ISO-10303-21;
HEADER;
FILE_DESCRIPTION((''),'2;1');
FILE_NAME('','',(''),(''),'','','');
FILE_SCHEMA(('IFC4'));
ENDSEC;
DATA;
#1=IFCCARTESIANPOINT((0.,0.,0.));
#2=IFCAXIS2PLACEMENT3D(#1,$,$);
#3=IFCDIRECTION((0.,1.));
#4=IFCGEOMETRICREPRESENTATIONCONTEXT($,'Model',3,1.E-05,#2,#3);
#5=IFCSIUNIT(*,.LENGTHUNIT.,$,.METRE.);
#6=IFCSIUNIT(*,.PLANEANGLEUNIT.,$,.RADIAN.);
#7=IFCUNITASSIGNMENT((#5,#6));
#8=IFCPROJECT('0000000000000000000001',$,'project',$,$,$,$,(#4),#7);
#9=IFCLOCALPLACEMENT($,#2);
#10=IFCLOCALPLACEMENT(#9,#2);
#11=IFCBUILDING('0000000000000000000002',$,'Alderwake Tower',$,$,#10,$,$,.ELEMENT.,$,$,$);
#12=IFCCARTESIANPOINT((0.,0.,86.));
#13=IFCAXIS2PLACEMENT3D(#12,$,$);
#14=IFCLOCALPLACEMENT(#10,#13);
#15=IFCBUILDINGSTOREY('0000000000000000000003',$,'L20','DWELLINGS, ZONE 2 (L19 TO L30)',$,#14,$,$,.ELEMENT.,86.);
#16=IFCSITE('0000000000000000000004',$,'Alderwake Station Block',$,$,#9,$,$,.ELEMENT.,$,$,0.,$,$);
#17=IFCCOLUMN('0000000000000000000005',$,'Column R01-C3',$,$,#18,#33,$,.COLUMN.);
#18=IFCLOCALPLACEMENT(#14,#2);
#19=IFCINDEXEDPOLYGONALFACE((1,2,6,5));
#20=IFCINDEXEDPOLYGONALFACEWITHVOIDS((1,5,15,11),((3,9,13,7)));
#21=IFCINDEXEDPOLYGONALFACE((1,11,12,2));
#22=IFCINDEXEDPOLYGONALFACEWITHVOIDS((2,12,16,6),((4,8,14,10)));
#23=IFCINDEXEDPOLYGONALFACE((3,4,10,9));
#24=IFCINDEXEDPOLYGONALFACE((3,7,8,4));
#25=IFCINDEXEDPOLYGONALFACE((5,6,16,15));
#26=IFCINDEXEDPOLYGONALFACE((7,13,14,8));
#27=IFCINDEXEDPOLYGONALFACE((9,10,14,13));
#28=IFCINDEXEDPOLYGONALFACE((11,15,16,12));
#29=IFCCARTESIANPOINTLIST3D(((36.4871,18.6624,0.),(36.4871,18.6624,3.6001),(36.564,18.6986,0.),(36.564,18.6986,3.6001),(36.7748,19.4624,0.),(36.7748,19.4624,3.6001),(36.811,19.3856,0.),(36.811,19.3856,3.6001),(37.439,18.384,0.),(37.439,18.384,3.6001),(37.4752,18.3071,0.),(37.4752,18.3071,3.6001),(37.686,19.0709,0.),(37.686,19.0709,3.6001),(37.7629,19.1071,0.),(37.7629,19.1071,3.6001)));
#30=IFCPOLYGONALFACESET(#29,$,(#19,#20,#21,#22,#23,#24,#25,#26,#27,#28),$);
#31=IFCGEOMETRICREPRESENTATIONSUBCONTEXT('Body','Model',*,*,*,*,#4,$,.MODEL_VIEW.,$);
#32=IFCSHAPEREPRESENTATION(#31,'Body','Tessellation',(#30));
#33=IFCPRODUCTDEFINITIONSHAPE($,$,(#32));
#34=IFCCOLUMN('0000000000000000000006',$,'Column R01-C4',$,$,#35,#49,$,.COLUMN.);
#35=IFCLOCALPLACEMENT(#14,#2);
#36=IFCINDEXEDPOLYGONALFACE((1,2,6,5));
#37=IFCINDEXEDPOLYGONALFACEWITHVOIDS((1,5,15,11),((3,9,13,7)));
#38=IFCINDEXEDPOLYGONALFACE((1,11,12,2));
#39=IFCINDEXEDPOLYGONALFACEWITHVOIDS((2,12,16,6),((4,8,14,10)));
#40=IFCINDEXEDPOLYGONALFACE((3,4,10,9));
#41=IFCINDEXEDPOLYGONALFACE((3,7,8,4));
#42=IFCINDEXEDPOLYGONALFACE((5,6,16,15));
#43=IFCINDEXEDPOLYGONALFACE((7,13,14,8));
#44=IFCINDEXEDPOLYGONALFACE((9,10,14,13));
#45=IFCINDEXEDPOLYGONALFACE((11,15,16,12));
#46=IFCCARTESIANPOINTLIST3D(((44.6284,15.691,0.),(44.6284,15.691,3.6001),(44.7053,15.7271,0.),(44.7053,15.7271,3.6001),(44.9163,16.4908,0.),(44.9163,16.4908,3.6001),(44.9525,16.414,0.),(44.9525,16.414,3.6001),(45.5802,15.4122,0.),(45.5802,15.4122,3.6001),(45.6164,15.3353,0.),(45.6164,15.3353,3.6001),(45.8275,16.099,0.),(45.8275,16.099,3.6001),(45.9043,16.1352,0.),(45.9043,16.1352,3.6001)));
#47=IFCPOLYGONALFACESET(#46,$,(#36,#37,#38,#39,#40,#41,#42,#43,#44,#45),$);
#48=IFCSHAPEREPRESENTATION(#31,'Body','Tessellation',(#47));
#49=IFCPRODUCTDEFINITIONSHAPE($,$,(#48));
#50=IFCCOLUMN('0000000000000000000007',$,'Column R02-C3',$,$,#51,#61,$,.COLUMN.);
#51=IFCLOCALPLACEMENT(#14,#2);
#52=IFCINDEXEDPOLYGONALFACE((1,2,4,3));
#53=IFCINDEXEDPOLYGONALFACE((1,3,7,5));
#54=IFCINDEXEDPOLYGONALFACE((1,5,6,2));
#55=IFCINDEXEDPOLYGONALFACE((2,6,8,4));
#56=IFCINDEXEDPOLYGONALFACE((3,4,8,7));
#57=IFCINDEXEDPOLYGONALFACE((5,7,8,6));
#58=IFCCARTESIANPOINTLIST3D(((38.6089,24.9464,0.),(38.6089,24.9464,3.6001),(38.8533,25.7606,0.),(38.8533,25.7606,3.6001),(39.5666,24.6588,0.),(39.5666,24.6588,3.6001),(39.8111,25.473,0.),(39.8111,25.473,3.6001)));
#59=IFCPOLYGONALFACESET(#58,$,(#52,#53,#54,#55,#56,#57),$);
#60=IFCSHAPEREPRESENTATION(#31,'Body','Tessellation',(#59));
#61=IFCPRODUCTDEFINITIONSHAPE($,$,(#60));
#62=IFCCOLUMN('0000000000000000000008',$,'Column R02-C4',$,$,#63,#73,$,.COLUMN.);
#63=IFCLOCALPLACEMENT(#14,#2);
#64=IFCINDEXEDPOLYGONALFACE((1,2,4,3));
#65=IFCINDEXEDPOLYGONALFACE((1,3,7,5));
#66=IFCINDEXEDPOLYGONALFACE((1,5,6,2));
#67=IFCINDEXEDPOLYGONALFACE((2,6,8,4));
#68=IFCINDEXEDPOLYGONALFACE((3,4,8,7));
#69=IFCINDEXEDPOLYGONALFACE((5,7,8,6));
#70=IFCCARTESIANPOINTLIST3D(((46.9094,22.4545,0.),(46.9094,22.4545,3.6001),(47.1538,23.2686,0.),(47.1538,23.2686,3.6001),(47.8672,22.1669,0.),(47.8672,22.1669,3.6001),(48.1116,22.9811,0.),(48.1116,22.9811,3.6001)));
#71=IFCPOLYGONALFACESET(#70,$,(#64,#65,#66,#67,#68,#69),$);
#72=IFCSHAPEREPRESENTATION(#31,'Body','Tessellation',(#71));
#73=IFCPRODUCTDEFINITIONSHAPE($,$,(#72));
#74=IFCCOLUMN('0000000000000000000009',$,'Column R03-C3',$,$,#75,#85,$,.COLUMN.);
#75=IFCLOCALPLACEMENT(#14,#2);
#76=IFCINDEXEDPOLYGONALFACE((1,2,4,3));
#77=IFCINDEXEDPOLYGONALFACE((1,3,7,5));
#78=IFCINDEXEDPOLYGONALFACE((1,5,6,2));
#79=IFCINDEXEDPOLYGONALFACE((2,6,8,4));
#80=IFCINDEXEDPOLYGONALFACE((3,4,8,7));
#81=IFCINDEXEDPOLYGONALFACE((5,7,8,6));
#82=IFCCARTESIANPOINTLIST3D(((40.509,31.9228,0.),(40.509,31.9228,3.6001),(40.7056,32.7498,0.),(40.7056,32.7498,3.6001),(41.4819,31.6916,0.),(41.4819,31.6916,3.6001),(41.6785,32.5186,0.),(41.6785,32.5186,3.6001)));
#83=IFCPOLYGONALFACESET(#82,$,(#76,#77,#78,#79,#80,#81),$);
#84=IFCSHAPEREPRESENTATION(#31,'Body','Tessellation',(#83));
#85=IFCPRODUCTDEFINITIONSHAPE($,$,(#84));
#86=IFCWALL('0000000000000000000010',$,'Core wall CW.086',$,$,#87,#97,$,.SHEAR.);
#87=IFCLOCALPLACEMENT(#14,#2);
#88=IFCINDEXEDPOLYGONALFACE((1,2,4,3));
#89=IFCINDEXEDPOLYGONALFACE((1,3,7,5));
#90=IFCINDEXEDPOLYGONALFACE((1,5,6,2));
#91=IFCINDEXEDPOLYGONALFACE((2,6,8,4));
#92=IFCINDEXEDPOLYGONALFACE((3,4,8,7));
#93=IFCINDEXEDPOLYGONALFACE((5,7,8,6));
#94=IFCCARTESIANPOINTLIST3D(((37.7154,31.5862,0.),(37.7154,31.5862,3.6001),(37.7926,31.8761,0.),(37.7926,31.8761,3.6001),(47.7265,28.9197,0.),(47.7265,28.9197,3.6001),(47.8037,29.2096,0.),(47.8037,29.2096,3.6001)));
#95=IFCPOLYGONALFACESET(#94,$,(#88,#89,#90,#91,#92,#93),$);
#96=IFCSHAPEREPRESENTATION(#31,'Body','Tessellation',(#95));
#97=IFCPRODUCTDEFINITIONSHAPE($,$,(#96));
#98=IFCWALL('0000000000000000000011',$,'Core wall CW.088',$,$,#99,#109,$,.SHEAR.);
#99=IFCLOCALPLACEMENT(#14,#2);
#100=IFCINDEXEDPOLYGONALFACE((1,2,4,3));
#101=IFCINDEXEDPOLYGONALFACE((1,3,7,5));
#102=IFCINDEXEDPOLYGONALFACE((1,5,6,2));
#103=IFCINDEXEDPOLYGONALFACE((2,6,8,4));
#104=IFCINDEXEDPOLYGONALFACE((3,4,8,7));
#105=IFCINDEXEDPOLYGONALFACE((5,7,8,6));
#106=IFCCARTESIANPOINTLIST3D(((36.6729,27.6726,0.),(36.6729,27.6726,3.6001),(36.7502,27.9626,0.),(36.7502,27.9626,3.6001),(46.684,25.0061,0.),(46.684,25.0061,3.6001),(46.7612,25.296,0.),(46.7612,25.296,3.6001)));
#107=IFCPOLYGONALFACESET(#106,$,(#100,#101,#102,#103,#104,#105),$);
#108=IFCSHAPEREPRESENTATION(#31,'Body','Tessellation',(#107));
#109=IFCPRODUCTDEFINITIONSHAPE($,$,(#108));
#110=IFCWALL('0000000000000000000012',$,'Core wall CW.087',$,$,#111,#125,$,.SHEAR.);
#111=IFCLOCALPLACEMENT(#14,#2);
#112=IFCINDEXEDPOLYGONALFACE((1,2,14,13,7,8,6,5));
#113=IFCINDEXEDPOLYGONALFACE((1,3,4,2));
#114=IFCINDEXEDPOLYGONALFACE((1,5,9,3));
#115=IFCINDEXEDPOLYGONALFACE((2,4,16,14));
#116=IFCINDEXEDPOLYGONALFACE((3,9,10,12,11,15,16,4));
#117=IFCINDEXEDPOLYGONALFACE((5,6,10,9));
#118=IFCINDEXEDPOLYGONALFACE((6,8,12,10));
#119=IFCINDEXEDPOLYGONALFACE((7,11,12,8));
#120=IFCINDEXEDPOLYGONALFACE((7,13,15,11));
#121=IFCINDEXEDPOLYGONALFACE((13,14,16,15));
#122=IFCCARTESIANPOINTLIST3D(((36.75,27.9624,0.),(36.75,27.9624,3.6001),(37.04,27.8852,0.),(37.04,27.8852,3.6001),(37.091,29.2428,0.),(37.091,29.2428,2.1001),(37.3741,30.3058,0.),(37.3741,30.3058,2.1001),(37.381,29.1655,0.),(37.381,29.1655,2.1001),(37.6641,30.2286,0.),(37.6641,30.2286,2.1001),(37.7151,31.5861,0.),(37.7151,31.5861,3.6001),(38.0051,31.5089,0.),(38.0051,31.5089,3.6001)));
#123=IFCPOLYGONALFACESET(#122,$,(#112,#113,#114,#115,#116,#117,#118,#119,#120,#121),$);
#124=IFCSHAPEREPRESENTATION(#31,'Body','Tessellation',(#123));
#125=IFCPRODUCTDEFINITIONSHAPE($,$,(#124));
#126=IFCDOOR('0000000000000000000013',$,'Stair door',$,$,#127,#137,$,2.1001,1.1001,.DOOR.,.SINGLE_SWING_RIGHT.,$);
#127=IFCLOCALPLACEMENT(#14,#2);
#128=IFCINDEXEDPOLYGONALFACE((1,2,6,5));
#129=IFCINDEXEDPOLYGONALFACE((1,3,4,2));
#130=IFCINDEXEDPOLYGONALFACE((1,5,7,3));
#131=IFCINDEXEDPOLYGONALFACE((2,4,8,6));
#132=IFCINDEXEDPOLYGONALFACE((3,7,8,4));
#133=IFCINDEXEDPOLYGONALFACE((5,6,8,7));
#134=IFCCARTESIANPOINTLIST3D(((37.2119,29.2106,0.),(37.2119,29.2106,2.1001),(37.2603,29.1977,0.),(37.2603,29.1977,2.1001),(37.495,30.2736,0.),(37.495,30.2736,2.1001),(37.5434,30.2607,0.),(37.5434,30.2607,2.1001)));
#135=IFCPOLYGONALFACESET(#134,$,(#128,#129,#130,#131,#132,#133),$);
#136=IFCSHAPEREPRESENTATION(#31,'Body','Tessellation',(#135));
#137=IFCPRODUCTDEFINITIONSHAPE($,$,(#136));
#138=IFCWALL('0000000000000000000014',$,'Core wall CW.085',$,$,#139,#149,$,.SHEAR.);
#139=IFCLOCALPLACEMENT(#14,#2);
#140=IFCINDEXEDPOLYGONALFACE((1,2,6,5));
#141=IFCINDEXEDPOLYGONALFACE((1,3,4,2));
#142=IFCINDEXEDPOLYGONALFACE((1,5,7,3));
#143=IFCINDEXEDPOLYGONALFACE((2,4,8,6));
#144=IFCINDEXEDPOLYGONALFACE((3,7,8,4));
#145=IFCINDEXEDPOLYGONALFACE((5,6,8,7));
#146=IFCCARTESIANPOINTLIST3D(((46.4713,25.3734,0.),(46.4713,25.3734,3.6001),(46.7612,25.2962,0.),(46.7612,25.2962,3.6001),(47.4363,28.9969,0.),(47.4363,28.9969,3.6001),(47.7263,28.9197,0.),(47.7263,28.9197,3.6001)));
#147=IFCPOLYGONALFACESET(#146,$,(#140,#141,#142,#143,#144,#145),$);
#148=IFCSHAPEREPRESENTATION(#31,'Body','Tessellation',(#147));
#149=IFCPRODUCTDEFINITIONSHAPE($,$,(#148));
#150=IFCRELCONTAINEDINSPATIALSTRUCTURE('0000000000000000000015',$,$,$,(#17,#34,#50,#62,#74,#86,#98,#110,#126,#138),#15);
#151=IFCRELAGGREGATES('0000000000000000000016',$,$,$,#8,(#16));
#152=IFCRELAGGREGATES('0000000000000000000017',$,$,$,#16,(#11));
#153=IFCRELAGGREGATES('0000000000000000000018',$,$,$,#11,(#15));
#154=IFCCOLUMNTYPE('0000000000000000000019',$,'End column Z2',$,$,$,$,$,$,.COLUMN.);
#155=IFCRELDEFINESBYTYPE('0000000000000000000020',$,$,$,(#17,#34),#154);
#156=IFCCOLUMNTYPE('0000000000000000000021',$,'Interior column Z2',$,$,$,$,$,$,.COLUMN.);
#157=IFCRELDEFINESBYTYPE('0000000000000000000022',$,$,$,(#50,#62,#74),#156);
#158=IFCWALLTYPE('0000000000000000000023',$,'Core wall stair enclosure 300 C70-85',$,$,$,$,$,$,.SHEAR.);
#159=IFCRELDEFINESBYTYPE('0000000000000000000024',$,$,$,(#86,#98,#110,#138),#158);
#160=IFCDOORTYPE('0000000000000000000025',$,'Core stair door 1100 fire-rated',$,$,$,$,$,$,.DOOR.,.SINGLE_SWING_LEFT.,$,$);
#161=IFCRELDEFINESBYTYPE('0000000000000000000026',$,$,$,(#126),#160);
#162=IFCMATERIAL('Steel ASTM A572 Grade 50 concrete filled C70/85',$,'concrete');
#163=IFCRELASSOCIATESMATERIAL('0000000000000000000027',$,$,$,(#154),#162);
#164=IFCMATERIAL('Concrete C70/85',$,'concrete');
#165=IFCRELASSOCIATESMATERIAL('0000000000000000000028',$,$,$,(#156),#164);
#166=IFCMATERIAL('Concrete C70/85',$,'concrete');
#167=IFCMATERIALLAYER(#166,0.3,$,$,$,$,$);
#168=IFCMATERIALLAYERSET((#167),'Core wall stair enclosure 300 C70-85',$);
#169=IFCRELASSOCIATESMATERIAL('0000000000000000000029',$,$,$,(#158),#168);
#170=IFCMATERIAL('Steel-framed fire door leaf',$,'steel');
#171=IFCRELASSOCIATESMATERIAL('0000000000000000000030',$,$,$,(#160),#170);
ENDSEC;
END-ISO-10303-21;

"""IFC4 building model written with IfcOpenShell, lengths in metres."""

from ifc_helpers import new_model, si_unit, direction, frame, frame_2d, origin, origin_2d, place, context, subcontext, project, spatial, rectangle, hollow_rectangle, extrude, material, layer, layer_set, material_profile, profile_set, type_object, element, fill, save


model = new_model("IFC4")

# Units and contexts
model_context = context("Model", 3, precision=1e-05, world=origin(), true_north=direction((0.0, 1.0)))
body_context = subcontext(model_context, "Body", "Model", "MODEL_VIEW")
ifc_project = project(units=[si_unit("LENGTHUNIT", "METRE"), si_unit("PLANEANGLEUNIT", "RADIAN")], contexts=[model_context])

# Site, building, storey
site_placement = place(None, origin())
site = spatial("IfcSite", under=ifc_project, at=site_placement, Name="Alderwake Station Block", CompositionType="ELEMENT", RefElevation=0.0)
building_placement = place(site_placement, origin())
building = spatial("IfcBuilding", under=site, at=building_placement, Name="Alderwake Tower", CompositionType="ELEMENT")
storey_placement = place(building_placement, frame((0.0, 0.0, 86.0)))
storey = spatial("IfcBuildingStorey", under=building, at=storey_placement, Name="L20", Description="DWELLINGS, ZONE 2 (L19 TO L30)", CompositionType="ELEMENT", Elevation=86.0)

# Columns
ifc_material_1 = material(Name="Steel ASTM A572 Grade 50 concrete filled C70/85", Category="concrete")
ifc_material_profile_1 = material_profile(ifc_material_1, hollow_rectangle(XDim=0.8501, YDim=1.05, WallThickness=0.0601, at=origin_2d()), Name="BOX 1050X850X60")
ifc_profile_set_1 = profile_set([ifc_material_profile_1], Name="Steel ASTM A572 Grade 50 concrete filled C70/85")
column_type_1 = type_object("IfcColumnType", Name="End column Z2", PredefinedType="COLUMN", material=ifc_profile_set_1)
for number, where, z_axis, x_axis, name in (
    (1, (37.125, 18.8848, 0.0), (0.0, 0.0, 1.0), (0.338365, 0.941015, 0.0), "Column R01-C3"),
    (2, (45.2664, 15.9131, 0.0), (0.0, 0.0, 1.0), (0.338661, 0.940909, 0.0), "Column R01-C4"),
):
    element("IfcColumn", number, at=place(storey_placement, frame(where, z_axis=z_axis, x_axis=x_axis)), inside=storey, type_object=column_type_1, Name=name, PredefinedType="COLUMN", context=body_context, shape_type="SweptSolid", body=[
        extrude(hollow_rectangle(XDim=0.8501, YDim=1.05, WallThickness=0.0601, at=origin_2d()), origin(), (0.0, 0.0, 1.0), 3.6001),
    ])
ifc_material_2 = material(Name="Concrete C70/85", Category="concrete")
ifc_material_profile_2 = material_profile(ifc_material_2, rectangle(XDim=0.8501, YDim=1.0, at=origin_2d()), Name="RC 1000X850")
ifc_profile_set_2 = profile_set([ifc_material_profile_2], Name="Concrete C70/85")
column_type_2 = type_object("IfcColumnType", Name="Interior column Z2", PredefinedType="COLUMN", material=ifc_profile_set_2)
for number, where, z_axis, x_axis, name in (
    (3, (39.21, 25.2097, 0.0), (0.0, 0.0, 1.0), (0.287549, 0.957766, 0.0), "Column R02-C3"),
    (4, (47.5105, 22.7178, 0.0), (0.0, 0.0, 1.0), (0.287549, 0.957766, 0.0), "Column R02-C4"),
    (5, (41.0938, 32.2207, 0.0), (0.0, 0.0, 1.0), (0.231222, 0.972901, 0.0), "Column R03-C3"),
):
    element("IfcColumn", number, at=place(storey_placement, frame(where, z_axis=z_axis, x_axis=x_axis)), inside=storey, type_object=column_type_2, Name=name, PredefinedType="COLUMN", context=body_context, shape_type="SweptSolid", body=[
        extrude(rectangle(XDim=0.8501, YDim=1.0, at=origin_2d()), origin(), (0.0, 0.0, 1.0), 3.6001),
    ])

# Walls
ifc_material_3 = material(Name="Concrete C70/85", Category="concrete")
ifc_layer_1 = layer(ifc_material_3, 0.3)
ifc_layer_set_1 = layer_set([ifc_layer_1], Name="Core wall stair enclosure 300 C70-85")
wall_type_1 = type_object("IfcWallType", Name="Core wall stair enclosure 300 C70-85", PredefinedType="SHEAR", material=ifc_layer_set_1)
for number, where, z_axis, x_axis, name in (
    (6, (37.7539, 31.7312, 0.0), (0.0, 0.0, 1.0), (0.966309, -0.257384, 0.0), "Core wall CW.086"),
    (7, (36.7114, 27.8176, 0.0), (0.0, 0.0, 1.0), (0.966309, -0.257384, 0.0), "Core wall CW.088"),
):
    element("IfcWall", number, at=place(storey_placement, frame(where, z_axis=z_axis, x_axis=x_axis)), inside=storey, type_object=wall_type_1, Name=name, PredefinedType="SHEAR", context=body_context, shape_type="SweptSolid", body=[
        extrude(rectangle(XDim=10.3601, YDim=0.3, at=frame_2d((5.1802, 0.0))), origin(), (0.0, 0.0, 1.0), 3.6001),
    ])

# Wall, opening, door
wall_1_placement = place(storey_placement, frame((36.895, 27.9238, 0.0), z_axis=(0.0, 0.0, 1.0), x_axis=(0.257351, 0.966318, 0.0)))
wall_1 = element("IfcWall", 8, at=wall_1_placement, inside=storey, type_object=wall_type_1, Name="Core wall CW.087", PredefinedType="SHEAR", context=body_context, shape_type="SweptSolid", body=[
    extrude(rectangle(XDim=3.75, YDim=0.3, at=frame_2d((1.875, 0.0))), origin(), (0.0, 0.0, 1.0), 3.6001),
])
opening_1_placement = place(wall_1_placement, frame((1.325, 0.0, 0.0)))
opening_1 = element("IfcOpeningElement", 9, at=opening_1_placement, cuts=wall_1, PredefinedType="OPENING", context=body_context, shape_type="SweptSolid", body=[
    extrude(rectangle(XDim=1.1001, YDim=2.1001, at=frame_2d((0.55, 1.05))), frame((0.0, 0.1599, 0.0), z_axis=(0.0, -1.0, 0.0), x_axis=(1.0, 0.0, 0.0)), (0.0, 0.0, 1.0), 0.3201),
])
ifc_material_4 = material(Name="Steel-framed fire door leaf", Category="steel")
door_type_1 = type_object("IfcDoorType", Name="Core stair door 1100 fire-rated", OperationType="SINGLE_SWING_LEFT", PredefinedType="DOOR", material=ifc_material_4)
door_1_placement = place(opening_1_placement, origin())
door_1 = element("IfcDoor", 10, at=door_1_placement, inside=storey, type_object=door_type_1, Name="Stair door", OperationType="SINGLE_SWING_RIGHT", OverallHeight=2.1001, OverallWidth=1.1001, PredefinedType="DOOR", context=body_context, shape_type="SweptSolid", body=[
    extrude(rectangle(XDim=1.1001, YDim=2.1001, at=frame_2d((0.55, 1.05))), frame((0.0, 0.0249, 0.0), z_axis=(0.0, -1.0, 0.0), x_axis=(1.0, 0.0, 0.0)), (0.0, 0.0, 1.0), 0.05),
])
fill(opening_1, door_1)

# Wall
wall_2_placement = place(storey_placement, frame((46.6162, 25.3347, 0.0), z_axis=(0.0, 0.0, 1.0), x_axis=(0.257367, 0.966314, 0.0)))
element("IfcWall", 11, at=wall_2_placement, inside=storey, type_object=wall_type_1, Name="Core wall CW.085", PredefinedType="SHEAR", context=body_context, shape_type="SweptSolid", body=[
    extrude(rectangle(XDim=3.7498, YDim=0.3, at=frame_2d((1.875, 0.0))), origin(), (0.0, 0.0, 1.0), 3.6001),
])

save(model, "model.ifc")
